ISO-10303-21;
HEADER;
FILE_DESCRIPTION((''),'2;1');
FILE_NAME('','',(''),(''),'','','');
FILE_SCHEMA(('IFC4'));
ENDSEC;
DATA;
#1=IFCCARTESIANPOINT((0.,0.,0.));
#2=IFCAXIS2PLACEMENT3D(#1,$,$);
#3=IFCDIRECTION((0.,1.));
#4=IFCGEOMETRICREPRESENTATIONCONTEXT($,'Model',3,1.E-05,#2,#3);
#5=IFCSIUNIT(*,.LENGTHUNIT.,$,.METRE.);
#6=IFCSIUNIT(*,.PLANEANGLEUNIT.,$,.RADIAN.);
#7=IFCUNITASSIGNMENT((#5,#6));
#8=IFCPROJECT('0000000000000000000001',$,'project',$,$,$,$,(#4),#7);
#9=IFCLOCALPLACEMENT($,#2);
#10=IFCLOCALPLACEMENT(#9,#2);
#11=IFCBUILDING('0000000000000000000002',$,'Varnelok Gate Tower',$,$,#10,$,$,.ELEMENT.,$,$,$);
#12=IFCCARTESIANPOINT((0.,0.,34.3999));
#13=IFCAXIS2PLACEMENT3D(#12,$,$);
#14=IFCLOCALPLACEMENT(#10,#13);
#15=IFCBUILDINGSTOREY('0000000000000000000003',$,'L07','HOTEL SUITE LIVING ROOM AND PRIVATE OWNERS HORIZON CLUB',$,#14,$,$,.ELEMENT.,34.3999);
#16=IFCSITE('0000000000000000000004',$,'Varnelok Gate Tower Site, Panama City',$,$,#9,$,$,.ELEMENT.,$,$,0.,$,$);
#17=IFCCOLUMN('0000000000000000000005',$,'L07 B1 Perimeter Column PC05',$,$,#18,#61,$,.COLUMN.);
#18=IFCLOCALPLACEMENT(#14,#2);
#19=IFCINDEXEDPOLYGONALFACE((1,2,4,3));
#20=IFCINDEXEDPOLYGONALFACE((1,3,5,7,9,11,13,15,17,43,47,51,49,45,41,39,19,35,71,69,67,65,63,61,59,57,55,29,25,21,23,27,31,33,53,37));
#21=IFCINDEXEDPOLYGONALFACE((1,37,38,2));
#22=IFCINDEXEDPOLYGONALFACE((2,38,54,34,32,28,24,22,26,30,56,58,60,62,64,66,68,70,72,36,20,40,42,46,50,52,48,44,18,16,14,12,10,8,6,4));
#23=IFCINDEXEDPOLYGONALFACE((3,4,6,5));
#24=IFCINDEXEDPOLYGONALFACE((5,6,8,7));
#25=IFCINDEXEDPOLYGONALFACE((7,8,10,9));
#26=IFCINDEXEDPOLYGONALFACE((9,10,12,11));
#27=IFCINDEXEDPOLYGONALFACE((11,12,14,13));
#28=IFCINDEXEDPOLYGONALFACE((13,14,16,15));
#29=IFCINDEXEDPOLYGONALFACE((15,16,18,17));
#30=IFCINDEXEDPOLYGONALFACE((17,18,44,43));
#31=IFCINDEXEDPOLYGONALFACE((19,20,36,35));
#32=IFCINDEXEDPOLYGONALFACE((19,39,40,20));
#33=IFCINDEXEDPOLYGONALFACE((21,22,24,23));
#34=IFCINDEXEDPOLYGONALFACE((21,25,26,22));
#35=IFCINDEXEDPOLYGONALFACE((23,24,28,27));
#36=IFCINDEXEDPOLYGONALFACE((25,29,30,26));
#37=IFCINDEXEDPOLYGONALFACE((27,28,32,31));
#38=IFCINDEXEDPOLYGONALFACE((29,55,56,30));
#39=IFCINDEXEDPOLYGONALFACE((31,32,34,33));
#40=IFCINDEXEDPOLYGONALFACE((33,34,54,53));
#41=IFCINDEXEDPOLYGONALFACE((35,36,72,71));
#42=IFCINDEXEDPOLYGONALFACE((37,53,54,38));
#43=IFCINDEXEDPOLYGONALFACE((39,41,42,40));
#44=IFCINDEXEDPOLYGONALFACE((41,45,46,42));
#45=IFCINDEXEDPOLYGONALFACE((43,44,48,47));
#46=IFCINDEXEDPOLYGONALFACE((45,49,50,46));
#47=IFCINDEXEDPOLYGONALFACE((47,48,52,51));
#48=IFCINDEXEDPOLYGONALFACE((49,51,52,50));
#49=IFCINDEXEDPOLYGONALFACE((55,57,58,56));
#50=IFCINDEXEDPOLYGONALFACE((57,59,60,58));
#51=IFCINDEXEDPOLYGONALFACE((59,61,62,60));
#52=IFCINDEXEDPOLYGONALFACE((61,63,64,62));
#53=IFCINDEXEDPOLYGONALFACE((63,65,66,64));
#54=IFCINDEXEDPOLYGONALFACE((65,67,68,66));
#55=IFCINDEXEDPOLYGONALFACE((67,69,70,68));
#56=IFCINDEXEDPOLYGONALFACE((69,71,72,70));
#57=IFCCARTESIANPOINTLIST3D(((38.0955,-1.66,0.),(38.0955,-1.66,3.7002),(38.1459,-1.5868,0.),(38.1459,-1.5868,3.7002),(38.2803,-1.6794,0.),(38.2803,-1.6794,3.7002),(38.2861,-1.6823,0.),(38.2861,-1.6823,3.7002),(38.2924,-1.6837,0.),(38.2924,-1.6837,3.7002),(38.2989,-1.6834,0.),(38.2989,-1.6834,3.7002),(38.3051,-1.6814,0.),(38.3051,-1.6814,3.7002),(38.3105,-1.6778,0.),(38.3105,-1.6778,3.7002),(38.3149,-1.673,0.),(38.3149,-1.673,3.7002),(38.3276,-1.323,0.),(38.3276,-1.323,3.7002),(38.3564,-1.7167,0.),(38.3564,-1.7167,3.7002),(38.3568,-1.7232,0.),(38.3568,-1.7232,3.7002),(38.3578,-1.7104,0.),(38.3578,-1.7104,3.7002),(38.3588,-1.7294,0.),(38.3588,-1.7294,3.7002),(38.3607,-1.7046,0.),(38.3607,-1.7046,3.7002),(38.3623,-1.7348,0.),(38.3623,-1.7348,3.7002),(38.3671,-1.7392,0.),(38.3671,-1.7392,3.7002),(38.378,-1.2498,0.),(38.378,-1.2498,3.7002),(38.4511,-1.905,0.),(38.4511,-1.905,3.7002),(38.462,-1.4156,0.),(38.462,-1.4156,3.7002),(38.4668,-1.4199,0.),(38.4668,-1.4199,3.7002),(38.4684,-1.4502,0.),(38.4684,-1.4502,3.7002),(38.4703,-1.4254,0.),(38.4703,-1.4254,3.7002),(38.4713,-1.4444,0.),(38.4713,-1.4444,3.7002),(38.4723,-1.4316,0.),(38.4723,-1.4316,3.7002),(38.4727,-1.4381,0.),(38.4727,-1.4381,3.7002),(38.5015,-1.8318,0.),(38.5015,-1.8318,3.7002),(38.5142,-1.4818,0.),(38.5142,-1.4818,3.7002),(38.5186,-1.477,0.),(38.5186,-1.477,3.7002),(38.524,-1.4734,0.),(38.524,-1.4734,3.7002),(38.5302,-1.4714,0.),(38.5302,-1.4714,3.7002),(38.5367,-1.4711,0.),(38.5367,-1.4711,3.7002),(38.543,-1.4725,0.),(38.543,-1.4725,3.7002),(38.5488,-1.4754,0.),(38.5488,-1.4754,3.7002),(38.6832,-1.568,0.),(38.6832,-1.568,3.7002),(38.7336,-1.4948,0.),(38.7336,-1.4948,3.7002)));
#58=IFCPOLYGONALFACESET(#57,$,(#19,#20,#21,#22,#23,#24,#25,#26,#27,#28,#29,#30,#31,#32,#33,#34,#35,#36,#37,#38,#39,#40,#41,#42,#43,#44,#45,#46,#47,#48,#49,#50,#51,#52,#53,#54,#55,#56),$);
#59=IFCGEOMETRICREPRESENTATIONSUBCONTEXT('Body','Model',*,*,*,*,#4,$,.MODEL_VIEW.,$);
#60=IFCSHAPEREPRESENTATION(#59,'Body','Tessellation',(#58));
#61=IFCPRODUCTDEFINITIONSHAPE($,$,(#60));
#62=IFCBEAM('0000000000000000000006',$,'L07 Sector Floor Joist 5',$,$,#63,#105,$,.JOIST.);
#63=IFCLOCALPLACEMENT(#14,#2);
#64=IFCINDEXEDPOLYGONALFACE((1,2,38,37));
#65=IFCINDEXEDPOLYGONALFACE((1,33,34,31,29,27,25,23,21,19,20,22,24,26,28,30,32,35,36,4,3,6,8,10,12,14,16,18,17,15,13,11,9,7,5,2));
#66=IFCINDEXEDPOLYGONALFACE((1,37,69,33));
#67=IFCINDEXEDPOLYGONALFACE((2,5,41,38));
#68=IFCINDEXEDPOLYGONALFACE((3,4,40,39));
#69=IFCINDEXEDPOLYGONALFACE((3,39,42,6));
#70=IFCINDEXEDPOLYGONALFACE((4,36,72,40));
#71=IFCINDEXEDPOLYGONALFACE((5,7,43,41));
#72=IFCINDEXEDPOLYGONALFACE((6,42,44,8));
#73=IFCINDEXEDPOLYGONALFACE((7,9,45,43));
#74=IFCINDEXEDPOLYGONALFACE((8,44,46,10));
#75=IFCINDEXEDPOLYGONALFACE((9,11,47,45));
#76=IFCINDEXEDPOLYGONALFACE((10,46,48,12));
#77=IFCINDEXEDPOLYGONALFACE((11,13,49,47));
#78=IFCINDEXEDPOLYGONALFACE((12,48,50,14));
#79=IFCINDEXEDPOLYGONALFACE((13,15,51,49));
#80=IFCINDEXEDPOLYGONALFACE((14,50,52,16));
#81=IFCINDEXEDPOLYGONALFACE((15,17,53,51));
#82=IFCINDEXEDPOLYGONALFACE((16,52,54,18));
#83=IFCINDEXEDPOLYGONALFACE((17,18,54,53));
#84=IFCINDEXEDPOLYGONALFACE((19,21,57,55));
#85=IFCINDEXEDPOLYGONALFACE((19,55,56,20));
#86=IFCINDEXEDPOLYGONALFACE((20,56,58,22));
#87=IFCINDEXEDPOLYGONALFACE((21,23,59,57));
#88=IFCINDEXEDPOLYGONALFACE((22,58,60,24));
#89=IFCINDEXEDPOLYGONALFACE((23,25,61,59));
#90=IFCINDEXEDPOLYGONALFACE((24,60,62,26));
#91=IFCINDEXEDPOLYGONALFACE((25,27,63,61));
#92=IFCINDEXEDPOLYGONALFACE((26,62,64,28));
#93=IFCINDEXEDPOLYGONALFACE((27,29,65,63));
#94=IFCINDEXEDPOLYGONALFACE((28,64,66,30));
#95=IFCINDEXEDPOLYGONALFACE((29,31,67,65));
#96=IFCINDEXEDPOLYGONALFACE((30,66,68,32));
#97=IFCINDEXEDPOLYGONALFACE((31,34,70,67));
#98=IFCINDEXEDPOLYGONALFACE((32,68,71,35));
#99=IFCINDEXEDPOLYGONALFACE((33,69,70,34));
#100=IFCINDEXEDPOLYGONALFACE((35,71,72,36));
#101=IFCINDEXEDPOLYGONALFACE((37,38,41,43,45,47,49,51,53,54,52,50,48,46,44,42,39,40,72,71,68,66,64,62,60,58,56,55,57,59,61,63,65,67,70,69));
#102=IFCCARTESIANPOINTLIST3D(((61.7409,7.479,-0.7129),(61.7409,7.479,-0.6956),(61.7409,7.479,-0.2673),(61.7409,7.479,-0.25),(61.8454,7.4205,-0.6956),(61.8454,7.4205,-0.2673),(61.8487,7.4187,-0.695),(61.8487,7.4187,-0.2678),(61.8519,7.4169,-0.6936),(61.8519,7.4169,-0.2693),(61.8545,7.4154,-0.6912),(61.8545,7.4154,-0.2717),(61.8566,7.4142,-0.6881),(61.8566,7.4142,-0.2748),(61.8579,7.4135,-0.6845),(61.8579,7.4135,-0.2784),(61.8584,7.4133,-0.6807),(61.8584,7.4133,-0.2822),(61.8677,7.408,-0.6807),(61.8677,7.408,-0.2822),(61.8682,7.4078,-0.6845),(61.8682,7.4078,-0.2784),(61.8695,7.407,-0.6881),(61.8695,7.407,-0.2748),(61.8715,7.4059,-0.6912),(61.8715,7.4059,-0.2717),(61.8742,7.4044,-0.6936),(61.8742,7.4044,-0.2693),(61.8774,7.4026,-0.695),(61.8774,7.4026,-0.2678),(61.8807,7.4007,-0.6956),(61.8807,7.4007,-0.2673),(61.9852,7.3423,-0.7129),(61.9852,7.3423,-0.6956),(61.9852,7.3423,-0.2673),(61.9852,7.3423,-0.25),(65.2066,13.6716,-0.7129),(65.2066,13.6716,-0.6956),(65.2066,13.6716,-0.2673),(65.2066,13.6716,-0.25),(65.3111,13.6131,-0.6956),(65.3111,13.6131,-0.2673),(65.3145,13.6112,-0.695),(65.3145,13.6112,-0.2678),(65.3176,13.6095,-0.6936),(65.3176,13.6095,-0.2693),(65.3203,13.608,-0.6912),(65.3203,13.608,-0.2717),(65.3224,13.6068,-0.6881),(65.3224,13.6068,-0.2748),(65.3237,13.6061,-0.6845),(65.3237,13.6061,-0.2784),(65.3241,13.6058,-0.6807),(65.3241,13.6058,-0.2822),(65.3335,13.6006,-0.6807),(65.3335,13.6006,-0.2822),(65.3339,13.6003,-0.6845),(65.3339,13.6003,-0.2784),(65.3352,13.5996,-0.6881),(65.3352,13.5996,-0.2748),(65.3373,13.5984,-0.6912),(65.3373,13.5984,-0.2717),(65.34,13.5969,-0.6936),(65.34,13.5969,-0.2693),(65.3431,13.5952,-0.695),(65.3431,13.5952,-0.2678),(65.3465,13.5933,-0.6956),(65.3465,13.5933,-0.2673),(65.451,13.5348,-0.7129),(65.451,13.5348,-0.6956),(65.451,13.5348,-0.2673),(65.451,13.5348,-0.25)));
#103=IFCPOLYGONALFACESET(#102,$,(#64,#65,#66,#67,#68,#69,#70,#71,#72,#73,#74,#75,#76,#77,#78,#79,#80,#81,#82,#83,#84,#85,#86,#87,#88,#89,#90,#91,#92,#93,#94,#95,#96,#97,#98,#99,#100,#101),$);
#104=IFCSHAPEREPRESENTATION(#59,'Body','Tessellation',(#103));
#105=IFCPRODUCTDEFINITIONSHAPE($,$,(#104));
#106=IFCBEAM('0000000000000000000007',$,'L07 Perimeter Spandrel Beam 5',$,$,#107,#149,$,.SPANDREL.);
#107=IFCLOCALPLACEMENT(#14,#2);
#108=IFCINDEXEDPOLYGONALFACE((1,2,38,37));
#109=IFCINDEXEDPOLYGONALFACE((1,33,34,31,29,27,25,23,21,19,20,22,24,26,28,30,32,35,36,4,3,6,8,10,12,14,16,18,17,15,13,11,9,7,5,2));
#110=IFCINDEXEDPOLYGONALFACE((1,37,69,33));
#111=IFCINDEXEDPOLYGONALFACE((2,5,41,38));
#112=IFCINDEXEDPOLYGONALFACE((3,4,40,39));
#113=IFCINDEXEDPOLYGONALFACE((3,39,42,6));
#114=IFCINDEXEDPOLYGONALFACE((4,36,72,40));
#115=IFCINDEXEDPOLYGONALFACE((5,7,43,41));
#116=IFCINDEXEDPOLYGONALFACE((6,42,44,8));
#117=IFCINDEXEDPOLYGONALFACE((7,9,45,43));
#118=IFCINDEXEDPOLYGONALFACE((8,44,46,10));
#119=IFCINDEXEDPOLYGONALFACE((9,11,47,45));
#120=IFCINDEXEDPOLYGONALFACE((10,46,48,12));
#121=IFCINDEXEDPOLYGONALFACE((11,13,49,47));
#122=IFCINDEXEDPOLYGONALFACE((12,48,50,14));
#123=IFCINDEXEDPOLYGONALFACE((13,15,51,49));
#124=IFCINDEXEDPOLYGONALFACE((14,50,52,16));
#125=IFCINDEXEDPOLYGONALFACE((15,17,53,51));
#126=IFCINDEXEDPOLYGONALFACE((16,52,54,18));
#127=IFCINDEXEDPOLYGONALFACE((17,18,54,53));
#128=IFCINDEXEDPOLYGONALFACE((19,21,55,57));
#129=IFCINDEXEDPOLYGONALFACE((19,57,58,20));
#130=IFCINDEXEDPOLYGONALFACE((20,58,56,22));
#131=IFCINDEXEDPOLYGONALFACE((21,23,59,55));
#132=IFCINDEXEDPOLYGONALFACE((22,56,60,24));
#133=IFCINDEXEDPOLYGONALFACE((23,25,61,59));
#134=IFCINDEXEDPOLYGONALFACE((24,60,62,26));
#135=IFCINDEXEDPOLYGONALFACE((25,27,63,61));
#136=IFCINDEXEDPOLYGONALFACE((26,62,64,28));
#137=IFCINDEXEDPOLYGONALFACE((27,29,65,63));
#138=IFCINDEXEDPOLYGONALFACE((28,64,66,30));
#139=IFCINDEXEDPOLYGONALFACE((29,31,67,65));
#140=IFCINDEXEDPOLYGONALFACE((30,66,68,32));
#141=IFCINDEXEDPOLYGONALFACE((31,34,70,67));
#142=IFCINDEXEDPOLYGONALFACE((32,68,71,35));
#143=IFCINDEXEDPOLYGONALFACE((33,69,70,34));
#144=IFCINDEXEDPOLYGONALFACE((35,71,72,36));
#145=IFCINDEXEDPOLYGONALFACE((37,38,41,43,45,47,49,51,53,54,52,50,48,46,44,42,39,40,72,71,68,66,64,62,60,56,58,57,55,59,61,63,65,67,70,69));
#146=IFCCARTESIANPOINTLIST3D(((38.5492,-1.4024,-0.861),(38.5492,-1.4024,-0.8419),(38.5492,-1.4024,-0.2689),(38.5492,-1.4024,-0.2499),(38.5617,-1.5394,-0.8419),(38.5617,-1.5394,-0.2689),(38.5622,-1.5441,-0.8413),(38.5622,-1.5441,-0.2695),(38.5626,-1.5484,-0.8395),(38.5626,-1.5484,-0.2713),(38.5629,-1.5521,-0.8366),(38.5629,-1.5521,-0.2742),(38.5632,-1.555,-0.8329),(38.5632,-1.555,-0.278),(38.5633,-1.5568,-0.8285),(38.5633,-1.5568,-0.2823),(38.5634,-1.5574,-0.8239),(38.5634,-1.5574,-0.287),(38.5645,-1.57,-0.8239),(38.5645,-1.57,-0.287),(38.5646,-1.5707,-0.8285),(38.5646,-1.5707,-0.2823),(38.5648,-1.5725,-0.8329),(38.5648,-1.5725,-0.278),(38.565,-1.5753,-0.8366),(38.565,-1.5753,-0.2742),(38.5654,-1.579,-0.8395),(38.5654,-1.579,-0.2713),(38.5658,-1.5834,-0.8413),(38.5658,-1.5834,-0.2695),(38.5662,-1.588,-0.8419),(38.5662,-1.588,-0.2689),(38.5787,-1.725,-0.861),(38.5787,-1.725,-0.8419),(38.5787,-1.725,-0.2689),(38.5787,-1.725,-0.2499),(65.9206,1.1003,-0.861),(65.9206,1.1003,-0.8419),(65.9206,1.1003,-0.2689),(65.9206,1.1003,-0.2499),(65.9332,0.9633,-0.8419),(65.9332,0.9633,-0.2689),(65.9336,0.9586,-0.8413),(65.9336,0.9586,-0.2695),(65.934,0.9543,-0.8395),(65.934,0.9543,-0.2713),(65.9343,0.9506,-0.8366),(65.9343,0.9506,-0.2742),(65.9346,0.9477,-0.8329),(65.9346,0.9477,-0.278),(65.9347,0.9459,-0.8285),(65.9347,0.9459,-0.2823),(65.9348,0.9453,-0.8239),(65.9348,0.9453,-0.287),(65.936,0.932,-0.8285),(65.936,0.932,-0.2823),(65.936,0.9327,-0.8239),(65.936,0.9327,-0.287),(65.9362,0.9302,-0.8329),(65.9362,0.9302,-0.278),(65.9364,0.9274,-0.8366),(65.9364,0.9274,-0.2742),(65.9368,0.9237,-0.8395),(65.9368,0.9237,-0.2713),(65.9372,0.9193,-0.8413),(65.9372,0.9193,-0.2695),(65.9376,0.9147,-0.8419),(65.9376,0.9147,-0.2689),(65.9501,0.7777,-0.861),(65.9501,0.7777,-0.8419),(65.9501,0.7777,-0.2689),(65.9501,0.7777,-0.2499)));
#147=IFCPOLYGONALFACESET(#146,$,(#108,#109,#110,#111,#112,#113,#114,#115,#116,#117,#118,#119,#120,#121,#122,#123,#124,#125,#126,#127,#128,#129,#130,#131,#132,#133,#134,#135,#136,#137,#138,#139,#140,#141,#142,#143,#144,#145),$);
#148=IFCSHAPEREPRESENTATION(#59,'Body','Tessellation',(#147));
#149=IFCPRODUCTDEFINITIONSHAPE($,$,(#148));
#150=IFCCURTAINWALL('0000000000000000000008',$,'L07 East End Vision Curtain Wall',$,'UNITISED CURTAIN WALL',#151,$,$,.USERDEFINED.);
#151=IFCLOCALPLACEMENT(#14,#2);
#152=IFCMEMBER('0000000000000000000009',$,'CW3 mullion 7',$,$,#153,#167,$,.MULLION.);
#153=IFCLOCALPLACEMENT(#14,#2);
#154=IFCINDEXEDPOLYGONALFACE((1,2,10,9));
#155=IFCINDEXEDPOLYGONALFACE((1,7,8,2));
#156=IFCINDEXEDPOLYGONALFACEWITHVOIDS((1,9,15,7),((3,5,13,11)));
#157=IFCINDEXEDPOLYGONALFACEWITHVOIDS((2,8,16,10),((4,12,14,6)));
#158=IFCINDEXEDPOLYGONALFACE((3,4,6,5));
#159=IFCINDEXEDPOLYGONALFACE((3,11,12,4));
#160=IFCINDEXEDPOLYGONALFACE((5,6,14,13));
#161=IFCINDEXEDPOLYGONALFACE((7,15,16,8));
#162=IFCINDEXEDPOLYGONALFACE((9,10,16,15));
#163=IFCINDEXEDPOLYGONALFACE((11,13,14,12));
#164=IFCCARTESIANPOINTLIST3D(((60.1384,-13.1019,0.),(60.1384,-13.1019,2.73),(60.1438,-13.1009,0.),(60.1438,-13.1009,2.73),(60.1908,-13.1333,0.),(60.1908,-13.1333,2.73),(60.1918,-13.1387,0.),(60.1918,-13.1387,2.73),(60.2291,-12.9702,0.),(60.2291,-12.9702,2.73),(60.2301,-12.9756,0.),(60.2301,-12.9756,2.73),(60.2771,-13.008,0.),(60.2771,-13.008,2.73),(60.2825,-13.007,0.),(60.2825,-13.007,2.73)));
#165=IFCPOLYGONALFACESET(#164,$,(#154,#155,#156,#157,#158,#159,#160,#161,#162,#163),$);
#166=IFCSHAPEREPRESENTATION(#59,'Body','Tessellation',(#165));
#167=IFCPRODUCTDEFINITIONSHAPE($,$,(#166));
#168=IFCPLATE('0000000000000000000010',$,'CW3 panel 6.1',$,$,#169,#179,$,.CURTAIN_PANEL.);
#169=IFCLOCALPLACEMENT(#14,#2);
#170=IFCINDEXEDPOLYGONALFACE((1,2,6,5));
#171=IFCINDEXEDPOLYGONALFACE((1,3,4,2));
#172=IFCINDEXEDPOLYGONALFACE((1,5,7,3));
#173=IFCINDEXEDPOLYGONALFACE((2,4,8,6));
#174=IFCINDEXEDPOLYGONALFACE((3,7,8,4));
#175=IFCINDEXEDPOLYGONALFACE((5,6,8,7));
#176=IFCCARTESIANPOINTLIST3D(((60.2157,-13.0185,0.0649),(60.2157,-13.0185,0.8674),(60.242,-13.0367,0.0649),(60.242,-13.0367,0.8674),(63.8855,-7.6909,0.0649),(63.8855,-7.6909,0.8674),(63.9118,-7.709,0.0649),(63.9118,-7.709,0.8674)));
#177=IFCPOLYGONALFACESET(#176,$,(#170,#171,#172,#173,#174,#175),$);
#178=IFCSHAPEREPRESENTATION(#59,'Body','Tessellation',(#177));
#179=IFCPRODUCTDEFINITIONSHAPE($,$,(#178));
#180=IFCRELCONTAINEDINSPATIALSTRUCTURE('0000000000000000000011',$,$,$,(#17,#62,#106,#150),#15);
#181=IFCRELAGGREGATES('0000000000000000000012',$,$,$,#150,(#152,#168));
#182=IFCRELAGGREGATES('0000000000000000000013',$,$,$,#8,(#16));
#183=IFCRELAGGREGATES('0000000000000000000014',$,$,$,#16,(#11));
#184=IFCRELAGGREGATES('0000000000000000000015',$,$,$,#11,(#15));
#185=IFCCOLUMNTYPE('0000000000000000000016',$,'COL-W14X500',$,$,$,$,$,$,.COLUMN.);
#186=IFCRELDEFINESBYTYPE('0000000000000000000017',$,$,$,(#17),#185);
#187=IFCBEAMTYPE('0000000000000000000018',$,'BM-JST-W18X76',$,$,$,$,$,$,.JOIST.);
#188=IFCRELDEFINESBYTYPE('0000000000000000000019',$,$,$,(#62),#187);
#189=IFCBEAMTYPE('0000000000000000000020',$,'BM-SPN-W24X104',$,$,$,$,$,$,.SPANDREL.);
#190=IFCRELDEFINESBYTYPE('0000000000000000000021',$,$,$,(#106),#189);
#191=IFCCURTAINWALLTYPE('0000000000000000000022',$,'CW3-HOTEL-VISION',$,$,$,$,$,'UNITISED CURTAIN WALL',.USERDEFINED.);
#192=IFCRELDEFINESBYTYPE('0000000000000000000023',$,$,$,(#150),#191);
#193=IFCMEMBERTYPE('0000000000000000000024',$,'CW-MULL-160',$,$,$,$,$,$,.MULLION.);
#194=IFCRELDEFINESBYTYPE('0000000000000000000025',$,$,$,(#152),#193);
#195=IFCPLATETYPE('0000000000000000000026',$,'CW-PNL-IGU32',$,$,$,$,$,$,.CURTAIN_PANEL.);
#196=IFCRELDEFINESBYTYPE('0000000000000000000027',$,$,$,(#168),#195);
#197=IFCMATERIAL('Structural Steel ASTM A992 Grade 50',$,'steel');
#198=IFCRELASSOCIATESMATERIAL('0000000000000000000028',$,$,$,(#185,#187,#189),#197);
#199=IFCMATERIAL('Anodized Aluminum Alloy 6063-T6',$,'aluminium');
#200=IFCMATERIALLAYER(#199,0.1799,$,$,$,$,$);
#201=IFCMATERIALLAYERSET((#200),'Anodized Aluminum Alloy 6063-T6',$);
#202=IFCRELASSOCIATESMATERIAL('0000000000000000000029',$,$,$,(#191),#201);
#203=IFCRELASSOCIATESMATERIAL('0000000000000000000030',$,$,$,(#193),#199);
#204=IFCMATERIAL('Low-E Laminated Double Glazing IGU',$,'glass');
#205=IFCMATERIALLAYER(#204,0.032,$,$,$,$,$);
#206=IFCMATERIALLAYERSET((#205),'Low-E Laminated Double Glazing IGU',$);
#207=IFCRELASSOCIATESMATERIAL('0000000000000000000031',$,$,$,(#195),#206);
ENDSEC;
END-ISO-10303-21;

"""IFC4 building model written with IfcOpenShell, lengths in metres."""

from ifc_helpers import new_model, si_unit, direction, frame, origin, origin_2d, place, context, subcontext, project, spatial, rectangle, hollow_rectangle, i_section, extrude, source, transform, mapped, material, layer, layer_set, material_profile, profile_set, type_object, element, aggregate, save


model = new_model("IFC4")

# Units and contexts
model_context = context("Model", 3, precision=1e-05, world=origin(), true_north=direction((0.0, 1.0)))
body_context = subcontext(model_context, "Body", "Model", "MODEL_VIEW")
ifc_project = project(units=[si_unit("LENGTHUNIT", "METRE"), si_unit("PLANEANGLEUNIT", "RADIAN")], contexts=[model_context])

# Site, building, storey
site_placement = place(None, origin())
site = spatial("IfcSite", under=ifc_project, at=site_placement, Name="Varnelok Gate Tower Site, Panama City", CompositionType="ELEMENT", RefElevation=0.0)
building_placement = place(site_placement, origin())
building = spatial("IfcBuilding", under=site, at=building_placement, Name="Varnelok Gate Tower", CompositionType="ELEMENT")
storey_placement = place(building_placement, frame((0.0, 0.0, 34.3999)))
storey = spatial("IfcBuildingStorey", under=building, at=storey_placement, Name="L07", Description="HOTEL SUITE LIVING ROOM AND PRIVATE OWNERS HORIZON CLUB", CompositionType="ELEMENT", Elevation=34.3999)

# Column
ifc_material_1 = material(Name="Structural Steel ASTM A992 Grade 50", Category="steel")
ifc_material_profile_1 = material_profile(ifc_material_1, i_section(OverallWidth=0.4319, OverallDepth=0.498, WebThickness=0.0557, FlangeThickness=0.0889, FilletRadius=0.0249, at=origin_2d()), Name="W14X500")
ifc_profile_set_1 = profile_set([ifc_material_profile_1], Name="Structural Steel ASTM A992 Grade 50")
column_type = type_object("IfcColumnType", Name="COL-W14X500", PredefinedType="COLUMN", material=ifc_profile_set_1)
column_placement = place(storey_placement, frame((38.4146, -1.5774, 0.0), z_axis=(0.0, 0.0, 1.0), x_axis=(0.823533, -0.567269, 0.0)))
element("IfcColumn", 1, at=column_placement, inside=storey, type_object=column_type, Name="L07 B1 Perimeter Column PC05", PredefinedType="COLUMN", context=body_context, shape_type="SweptSolid", body=[
    extrude(i_section(OverallWidth=0.4319, OverallDepth=0.498, WebThickness=0.0557, FlangeThickness=0.0889, FilletRadius=0.0249, at=origin_2d()), origin(), (0.0, 0.0, 1.0), 3.7002),
])

# Beams
ifc_material_profile_2 = material_profile(ifc_material_1, i_section(OverallWidth=0.28, OverallDepth=0.4629, WebThickness=0.0107, FlangeThickness=0.0173, FilletRadius=0.0149, at=origin_2d()), Name="W18X76")
ifc_profile_set_2 = profile_set([ifc_material_profile_2], Name="Structural Steel ASTM A992 Grade 50")
beam_type_1 = type_object("IfcBeamType", Name="BM-JST-W18X76", PredefinedType="JOIST", material=ifc_profile_set_2)
beam_1_placement = place(storey_placement, frame((61.863, 7.4106, -0.4814), z_axis=(0.488383, 0.872629, 0.0), x_axis=(-0.872629, 0.488383, 0.0)))
element("IfcBeam", 2, at=beam_1_placement, inside=storey, type_object=beam_type_1, Name="L07 Sector Floor Joist 5", PredefinedType="JOIST", context=body_context, shape_type="SweptSolid", body=[
    extrude(i_section(OverallWidth=0.28, OverallDepth=0.4629, WebThickness=0.0107, FlangeThickness=0.0173, FilletRadius=0.0149, at=origin_2d()), origin(), (0.0, 0.0, 1.0), 7.0964),
])
ifc_material_profile_3 = material_profile(ifc_material_1, i_section(OverallWidth=0.324, OverallDepth=0.6111, WebThickness=0.0127, FlangeThickness=0.019, FilletRadius=0.0181, at=origin_2d()), Name="W24X104")
ifc_profile_set_3 = profile_set([ifc_material_profile_3], Name="Structural Steel ASTM A992 Grade 50")
beam_type_2 = type_object("IfcBeamType", Name="BM-SPN-W24X104", PredefinedType="SPANDREL", material=ifc_profile_set_3)
beam_2_placement = place(storey_placement, frame((38.564, -1.5637, -0.5554), z_axis=(0.995846, 0.091055, 0.0), x_axis=(-0.091055, 0.995846, 0.0)))
element("IfcBeam", 3, at=beam_2_placement, inside=storey, type_object=beam_type_2, Name="L07 Perimeter Spandrel Beam 5", PredefinedType="SPANDREL", context=body_context, shape_type="SweptSolid", body=[
    extrude(i_section(OverallWidth=0.324, OverallDepth=0.6111, WebThickness=0.0127, FlangeThickness=0.019, FilletRadius=0.0181, at=origin_2d()), origin(), (0.0, 0.0, 1.0), 27.4856),
])

# Curtain wall, member, plate
ifc_material_2 = material(Name="Anodized Aluminum Alloy 6063-T6", Category="aluminium")
ifc_layer_1 = layer(ifc_material_2, 0.1799)
ifc_layer_set_1 = layer_set([ifc_layer_1], Name="Anodized Aluminum Alloy 6063-T6")
curtain_wall_type = type_object("IfcCurtainWallType", Name="CW3-HOTEL-VISION", ElementType="UNITISED CURTAIN WALL", PredefinedType="USERDEFINED", material=ifc_layer_set_1)
curtain_wall_placement = place(storey_placement, origin())
curtain_wall = element("IfcCurtainWall", 4, at=curtain_wall_placement, inside=storey, type_object=curtain_wall_type, Name="L07 East End Vision Curtain Wall", ObjectType="UNITISED CURTAIN WALL", PredefinedType="USERDEFINED")
ifc_material_profile_4 = material_profile(ifc_material_2, hollow_rectangle(XDim=0.0649, YDim=0.1599, WallThickness=0.0039, at=origin_2d()), Name="ALU160X65X4")
ifc_profile_set_4 = profile_set([ifc_material_profile_4], Name="Anodized Aluminum Alloy 6063-T6")
member_type = type_object("IfcMemberType", Name="CW-MULL-160", PredefinedType="MULLION", material=ifc_profile_set_4)
member_placement = place(storey_placement, frame((60.2104, -13.0544, 0.0), z_axis=(0.0, 0.0, 1.0), x_axis=(0.823533, -0.567269, 0.0)))
member = element("IfcMember", 5, at=member_placement, type_object=member_type, Name="CW3 mullion 7", PredefinedType="MULLION", context=body_context, shape_type="SweptSolid", body=[
    extrude(hollow_rectangle(XDim=0.0649, YDim=0.1599, WallThickness=0.0039, at=origin_2d()), origin(), (0.0, 0.0, 1.0), 2.73),
])
ifc_material_3 = material(Name="Low-E Laminated Double Glazing IGU", Category="glass")
ifc_layer_2 = layer(ifc_material_3, 0.032)
ifc_layer_set_2 = layer_set([ifc_layer_2], Name="Low-E Laminated Double Glazing IGU")
plate_type = type_object("IfcPlateType", Name="CW-PNL-IGU32", PredefinedType="CURTAIN_PANEL", material=ifc_layer_set_2)
shared_shape_1 = source(origin(), body_context, "Body", "SweptSolid", [
    extrude(rectangle(XDim=6.4692, YDim=0.032, at=origin_2d()), origin(), (0.0, 0.0, 1.0), 0.8025),
])
plate_1_placement = place(storey_placement, frame((62.0637, -10.3638, 0.0649), z_axis=(0.0, 0.0, 1.0), x_axis=(-0.567269, -0.823533, 0.0)))
plate_1 = element("IfcPlate", 6, at=plate_1_placement, type_object=plate_type, Name="CW3 panel 6.1", PredefinedType="CURTAIN_PANEL", context=body_context, shape_type="MappedRepresentation", body=[
    mapped(shared_shape_1, transform((0.0, 0.0, 0.0), scale=1.0)),
])
aggregate(curtain_wall, [member, plate_1])

save(model, "model.ifc")
